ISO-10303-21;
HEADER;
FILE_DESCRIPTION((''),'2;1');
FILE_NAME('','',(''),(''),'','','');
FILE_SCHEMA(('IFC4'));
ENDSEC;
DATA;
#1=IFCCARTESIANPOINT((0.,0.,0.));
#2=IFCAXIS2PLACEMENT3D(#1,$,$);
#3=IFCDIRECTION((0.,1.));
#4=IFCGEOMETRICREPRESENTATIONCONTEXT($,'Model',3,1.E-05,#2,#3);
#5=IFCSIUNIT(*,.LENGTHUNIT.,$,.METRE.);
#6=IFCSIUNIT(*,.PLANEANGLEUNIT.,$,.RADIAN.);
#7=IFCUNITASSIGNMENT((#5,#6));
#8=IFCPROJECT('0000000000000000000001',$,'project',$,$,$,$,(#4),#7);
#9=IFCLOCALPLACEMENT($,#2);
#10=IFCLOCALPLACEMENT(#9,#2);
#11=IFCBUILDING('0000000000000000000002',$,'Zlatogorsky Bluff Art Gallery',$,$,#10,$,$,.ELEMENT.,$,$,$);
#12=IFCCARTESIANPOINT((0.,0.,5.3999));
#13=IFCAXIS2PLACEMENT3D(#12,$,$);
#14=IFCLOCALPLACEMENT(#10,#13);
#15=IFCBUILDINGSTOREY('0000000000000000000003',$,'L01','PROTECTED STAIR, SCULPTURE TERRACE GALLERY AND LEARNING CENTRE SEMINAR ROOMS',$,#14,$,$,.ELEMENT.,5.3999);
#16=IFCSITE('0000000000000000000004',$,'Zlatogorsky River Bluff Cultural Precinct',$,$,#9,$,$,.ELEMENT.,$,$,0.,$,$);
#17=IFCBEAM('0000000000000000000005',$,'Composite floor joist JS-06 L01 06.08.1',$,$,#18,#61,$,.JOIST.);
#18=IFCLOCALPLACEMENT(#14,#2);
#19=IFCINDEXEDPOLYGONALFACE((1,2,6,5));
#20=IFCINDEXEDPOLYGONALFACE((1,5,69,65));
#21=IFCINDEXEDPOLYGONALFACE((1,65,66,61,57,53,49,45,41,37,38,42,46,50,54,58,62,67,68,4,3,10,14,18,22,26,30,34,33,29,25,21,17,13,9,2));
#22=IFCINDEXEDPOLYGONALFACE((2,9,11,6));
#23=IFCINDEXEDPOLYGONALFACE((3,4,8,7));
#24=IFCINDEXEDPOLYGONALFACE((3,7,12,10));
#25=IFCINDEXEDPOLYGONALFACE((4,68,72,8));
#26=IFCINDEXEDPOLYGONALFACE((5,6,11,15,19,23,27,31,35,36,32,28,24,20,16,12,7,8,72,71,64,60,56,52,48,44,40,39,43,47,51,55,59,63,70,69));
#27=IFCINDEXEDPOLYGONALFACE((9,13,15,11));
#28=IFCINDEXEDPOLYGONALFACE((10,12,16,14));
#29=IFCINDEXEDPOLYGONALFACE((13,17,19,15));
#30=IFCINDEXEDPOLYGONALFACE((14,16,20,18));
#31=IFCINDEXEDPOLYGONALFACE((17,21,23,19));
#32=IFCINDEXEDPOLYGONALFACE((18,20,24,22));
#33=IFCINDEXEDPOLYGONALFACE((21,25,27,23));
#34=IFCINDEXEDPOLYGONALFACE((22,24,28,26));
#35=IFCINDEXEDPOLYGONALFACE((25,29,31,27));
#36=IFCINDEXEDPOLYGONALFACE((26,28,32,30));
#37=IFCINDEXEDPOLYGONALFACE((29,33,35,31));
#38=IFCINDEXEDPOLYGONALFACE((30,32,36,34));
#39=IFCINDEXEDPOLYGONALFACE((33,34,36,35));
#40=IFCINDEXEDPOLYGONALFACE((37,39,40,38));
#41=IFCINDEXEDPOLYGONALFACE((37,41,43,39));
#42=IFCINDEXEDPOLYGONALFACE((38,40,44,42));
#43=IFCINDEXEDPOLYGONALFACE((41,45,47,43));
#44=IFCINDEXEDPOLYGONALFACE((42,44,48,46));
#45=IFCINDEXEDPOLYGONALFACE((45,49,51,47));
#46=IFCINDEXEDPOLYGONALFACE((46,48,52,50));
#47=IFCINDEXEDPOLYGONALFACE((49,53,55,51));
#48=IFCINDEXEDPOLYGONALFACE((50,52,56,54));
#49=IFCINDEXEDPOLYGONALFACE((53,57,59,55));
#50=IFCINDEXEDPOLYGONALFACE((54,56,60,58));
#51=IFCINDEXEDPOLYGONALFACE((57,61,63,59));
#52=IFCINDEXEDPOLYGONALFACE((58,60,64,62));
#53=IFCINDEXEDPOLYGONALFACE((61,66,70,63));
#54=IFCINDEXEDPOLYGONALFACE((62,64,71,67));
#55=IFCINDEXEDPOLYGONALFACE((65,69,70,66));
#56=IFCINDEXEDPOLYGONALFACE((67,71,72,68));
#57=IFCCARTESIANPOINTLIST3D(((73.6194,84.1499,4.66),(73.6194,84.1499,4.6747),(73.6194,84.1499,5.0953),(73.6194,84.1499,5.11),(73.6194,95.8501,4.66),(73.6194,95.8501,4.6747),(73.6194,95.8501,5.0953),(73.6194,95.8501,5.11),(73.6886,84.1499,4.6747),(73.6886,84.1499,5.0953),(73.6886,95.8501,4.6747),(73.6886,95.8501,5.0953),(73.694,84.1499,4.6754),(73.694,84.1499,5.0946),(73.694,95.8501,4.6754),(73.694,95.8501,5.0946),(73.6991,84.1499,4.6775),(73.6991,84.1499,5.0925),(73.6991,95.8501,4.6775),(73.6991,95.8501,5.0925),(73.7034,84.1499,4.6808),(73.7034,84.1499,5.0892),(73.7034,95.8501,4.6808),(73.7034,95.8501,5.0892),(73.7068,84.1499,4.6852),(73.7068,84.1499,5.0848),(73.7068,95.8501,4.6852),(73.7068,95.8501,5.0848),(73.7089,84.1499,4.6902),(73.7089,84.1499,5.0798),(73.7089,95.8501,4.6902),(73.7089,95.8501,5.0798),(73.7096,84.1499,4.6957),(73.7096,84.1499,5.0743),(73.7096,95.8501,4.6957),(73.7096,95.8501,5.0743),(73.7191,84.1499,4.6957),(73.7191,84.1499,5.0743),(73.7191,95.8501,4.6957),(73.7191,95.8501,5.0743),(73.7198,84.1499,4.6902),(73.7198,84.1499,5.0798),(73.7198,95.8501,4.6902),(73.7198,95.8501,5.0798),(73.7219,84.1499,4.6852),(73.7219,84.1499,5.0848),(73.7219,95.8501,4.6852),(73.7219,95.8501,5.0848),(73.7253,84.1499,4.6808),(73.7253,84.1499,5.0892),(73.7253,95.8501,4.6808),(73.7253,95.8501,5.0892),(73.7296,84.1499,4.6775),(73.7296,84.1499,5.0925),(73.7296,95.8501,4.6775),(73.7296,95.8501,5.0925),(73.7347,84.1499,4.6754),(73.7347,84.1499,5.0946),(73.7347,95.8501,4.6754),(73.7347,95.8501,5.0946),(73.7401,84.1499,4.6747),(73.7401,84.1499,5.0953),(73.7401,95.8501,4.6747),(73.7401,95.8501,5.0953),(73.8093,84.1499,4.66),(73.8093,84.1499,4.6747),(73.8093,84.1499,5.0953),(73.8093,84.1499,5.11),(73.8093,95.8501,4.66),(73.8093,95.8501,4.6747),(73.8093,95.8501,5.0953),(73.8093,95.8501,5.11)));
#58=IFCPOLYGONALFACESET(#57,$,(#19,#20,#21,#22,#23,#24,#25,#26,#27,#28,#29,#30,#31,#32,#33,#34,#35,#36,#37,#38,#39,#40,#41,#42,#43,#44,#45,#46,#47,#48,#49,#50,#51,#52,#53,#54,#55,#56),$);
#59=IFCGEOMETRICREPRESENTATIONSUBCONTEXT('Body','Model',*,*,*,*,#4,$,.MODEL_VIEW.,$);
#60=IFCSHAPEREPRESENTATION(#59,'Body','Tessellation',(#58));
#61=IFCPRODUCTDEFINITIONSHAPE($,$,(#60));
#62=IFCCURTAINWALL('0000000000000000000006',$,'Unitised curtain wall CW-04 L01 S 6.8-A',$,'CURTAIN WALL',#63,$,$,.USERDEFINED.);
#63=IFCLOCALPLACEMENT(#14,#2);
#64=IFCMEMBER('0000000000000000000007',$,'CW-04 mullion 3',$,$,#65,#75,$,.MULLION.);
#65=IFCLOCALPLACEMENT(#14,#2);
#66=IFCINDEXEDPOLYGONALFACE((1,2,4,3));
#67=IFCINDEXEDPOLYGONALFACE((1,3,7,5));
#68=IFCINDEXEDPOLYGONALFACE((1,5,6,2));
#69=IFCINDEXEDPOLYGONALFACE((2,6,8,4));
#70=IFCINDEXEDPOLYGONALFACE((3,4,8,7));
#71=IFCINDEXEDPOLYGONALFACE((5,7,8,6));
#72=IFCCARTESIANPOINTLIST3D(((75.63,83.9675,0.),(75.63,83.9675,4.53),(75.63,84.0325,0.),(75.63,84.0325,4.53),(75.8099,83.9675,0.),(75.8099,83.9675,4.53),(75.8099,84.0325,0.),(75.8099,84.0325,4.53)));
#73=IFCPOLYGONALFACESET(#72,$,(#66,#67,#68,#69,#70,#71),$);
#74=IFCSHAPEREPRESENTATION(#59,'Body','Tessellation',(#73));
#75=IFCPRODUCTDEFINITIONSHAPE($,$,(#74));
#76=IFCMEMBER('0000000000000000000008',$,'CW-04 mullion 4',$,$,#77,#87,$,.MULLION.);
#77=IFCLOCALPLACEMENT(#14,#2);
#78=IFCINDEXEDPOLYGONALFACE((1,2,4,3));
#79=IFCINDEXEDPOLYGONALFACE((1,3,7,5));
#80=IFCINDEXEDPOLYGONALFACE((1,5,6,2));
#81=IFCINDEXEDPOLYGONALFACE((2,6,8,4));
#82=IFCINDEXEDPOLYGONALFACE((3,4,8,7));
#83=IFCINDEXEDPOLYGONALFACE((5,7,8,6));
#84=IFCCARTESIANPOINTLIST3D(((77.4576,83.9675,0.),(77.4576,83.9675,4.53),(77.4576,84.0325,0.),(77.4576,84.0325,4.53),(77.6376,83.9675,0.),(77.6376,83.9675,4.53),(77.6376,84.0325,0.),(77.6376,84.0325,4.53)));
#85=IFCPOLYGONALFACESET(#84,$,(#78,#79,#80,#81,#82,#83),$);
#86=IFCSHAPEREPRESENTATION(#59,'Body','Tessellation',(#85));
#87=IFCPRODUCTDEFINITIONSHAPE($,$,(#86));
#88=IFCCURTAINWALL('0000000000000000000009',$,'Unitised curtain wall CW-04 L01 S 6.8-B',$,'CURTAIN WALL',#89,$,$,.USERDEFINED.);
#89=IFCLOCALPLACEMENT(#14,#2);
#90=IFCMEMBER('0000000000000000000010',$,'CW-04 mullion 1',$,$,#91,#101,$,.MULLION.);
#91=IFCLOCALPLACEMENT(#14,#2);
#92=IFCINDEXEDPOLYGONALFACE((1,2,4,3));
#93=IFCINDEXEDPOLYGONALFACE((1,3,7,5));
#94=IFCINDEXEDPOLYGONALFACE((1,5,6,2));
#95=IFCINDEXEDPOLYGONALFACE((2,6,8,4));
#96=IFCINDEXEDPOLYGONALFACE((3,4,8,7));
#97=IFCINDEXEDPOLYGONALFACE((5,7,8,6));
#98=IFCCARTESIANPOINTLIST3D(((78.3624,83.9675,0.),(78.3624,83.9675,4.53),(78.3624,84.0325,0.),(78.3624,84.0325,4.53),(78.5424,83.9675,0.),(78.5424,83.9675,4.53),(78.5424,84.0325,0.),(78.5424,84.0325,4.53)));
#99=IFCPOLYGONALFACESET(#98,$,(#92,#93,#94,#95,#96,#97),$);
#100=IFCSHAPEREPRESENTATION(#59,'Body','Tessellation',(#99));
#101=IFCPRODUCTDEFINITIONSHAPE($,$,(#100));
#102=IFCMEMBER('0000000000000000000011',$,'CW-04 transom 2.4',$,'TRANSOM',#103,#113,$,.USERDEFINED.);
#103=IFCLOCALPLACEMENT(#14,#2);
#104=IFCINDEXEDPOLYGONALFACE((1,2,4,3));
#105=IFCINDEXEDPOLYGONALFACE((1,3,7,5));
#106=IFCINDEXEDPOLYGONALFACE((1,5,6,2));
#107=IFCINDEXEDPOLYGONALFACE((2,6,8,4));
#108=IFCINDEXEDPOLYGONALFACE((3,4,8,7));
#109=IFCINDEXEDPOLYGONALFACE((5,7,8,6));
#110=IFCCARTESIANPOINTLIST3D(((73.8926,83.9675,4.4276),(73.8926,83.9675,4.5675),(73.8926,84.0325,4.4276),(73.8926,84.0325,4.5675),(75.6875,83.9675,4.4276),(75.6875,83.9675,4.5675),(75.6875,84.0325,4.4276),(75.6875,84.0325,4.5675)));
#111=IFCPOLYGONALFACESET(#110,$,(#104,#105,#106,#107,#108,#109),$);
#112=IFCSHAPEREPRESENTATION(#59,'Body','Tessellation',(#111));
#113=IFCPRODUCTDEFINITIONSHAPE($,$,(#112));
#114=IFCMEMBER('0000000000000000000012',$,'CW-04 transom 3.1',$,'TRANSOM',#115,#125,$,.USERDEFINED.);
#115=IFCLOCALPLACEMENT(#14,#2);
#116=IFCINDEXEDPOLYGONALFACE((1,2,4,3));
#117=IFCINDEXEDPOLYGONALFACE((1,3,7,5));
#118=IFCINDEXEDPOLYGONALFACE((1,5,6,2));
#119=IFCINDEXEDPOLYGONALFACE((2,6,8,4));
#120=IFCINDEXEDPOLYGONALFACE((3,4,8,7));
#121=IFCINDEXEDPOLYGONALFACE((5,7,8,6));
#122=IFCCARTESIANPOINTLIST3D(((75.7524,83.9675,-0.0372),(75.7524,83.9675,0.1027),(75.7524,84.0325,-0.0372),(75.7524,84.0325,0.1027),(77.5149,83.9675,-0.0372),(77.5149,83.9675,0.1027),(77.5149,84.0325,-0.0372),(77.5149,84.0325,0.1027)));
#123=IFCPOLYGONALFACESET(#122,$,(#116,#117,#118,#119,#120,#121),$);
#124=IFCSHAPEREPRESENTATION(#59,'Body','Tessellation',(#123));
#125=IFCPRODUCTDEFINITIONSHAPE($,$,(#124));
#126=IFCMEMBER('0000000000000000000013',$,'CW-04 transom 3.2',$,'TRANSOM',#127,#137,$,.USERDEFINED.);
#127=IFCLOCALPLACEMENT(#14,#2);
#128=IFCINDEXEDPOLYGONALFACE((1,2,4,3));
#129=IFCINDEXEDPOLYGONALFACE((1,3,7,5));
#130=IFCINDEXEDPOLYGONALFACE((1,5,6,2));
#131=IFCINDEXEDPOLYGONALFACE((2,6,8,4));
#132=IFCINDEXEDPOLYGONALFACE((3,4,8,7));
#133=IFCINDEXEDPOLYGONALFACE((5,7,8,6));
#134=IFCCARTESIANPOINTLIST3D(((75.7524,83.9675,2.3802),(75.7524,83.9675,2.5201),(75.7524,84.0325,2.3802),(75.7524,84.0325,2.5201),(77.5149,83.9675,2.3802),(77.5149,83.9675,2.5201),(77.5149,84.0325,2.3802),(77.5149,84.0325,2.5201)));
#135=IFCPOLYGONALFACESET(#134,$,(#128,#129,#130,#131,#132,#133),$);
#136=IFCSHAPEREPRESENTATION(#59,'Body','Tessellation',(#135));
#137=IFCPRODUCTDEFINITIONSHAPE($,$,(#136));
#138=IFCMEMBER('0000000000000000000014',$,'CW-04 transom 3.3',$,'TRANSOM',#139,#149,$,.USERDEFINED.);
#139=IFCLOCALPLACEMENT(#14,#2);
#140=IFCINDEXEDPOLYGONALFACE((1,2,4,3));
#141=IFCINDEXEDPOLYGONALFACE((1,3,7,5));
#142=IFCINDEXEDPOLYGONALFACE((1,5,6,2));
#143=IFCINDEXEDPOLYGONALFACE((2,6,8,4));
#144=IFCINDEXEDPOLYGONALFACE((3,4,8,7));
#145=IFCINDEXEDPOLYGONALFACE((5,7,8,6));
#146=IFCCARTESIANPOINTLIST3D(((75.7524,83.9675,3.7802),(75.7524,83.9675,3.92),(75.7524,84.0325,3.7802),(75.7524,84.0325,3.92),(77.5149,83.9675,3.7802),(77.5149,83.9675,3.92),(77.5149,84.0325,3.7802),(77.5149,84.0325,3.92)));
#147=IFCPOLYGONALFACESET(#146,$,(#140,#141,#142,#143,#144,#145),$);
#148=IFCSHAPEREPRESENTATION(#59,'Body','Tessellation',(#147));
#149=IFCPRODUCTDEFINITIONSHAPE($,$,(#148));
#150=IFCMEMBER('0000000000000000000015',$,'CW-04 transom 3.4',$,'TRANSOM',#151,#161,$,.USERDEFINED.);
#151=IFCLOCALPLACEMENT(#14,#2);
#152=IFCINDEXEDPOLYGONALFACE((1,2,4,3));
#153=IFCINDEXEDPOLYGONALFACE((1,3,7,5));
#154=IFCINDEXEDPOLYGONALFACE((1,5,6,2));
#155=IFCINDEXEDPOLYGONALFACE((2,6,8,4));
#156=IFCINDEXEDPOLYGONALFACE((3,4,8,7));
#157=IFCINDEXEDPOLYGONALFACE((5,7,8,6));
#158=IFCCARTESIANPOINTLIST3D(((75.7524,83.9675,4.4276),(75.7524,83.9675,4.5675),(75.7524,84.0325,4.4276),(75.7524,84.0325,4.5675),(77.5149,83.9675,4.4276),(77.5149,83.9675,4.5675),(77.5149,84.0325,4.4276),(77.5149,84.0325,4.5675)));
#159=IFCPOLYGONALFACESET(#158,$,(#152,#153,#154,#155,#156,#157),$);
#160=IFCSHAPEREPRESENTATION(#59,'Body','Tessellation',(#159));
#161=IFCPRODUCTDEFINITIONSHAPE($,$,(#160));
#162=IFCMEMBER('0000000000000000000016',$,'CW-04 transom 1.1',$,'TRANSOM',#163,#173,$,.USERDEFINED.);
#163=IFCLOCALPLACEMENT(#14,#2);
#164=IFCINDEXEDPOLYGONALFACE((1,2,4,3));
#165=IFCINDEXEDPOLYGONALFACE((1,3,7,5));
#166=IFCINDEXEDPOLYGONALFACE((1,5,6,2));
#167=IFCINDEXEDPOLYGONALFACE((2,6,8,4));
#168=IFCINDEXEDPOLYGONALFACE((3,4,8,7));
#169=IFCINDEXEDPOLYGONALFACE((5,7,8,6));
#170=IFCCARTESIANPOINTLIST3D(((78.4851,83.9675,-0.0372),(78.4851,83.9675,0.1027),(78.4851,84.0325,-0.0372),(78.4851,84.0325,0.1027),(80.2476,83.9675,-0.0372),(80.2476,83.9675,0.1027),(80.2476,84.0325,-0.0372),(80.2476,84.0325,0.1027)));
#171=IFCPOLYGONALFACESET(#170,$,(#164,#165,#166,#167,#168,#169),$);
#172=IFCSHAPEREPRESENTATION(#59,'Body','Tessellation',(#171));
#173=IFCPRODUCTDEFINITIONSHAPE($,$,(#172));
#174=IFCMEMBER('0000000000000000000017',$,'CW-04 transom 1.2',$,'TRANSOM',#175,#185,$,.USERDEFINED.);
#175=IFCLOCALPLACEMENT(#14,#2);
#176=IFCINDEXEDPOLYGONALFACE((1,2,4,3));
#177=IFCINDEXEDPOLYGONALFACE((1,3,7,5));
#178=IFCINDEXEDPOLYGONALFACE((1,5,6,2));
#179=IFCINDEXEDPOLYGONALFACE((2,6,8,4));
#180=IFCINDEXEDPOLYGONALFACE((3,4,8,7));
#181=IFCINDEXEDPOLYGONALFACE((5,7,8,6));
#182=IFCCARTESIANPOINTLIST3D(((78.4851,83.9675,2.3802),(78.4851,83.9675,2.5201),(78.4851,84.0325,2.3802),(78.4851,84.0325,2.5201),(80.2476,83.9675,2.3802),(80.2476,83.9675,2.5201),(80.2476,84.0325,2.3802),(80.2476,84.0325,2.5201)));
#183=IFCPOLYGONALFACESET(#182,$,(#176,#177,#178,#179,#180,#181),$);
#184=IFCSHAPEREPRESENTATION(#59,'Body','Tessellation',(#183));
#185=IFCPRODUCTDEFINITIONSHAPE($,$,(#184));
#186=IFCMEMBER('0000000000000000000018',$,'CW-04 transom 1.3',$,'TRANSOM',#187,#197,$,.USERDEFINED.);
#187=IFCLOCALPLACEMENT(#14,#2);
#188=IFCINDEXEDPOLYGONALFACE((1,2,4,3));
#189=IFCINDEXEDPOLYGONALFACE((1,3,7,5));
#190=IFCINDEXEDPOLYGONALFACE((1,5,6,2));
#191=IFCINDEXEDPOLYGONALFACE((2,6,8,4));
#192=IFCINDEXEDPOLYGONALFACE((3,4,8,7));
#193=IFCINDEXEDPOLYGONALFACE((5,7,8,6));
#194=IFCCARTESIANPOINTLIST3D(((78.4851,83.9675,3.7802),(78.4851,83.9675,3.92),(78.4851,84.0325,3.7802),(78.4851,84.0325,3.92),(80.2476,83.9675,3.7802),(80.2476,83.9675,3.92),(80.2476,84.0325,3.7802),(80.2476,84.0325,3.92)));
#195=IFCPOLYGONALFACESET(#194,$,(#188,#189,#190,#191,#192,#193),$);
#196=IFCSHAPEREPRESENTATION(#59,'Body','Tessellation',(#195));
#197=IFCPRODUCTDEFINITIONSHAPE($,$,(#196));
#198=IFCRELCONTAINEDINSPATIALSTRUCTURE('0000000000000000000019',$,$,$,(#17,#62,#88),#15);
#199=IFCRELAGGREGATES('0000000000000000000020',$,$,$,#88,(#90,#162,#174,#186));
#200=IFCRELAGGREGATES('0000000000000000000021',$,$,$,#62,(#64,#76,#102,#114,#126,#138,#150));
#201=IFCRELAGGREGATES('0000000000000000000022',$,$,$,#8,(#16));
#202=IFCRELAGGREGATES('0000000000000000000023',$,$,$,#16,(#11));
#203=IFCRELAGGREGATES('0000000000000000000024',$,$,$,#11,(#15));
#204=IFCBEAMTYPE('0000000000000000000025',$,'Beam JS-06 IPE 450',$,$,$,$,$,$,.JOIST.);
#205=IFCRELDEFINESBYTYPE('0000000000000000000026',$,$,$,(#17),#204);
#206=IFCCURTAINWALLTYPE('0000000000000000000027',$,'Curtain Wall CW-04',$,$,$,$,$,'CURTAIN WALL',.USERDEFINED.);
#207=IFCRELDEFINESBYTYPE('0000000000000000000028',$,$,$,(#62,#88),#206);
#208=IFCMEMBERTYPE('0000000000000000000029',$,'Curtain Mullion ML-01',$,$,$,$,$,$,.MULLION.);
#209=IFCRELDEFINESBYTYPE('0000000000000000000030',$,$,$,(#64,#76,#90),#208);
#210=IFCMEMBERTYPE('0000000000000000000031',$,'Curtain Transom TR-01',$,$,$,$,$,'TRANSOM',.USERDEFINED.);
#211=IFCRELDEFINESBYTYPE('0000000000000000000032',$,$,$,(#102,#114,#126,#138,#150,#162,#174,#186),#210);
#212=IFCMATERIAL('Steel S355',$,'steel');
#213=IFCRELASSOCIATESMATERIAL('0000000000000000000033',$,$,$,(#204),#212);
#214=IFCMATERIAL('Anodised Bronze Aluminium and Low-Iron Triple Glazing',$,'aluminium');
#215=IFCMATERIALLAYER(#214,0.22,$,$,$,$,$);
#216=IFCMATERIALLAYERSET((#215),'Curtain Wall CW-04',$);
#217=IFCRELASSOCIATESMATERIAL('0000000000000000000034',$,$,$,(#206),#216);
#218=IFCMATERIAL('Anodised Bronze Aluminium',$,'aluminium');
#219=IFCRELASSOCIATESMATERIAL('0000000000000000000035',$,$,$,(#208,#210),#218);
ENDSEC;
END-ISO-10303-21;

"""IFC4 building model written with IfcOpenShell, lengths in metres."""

from ifc_helpers import new_model, si_unit, direction, frame, origin, origin_2d, place, context, subcontext, project, spatial, rectangle, i_section, extrude, material, layer, layer_set, material_profile, profile_set, type_object, element, aggregate, save


model = new_model("IFC4")

# Units and contexts
model_context = context("Model", 3, precision=1e-05, world=origin(), true_north=direction((0.0, 1.0)))
body_context = subcontext(model_context, "Body", "Model", "MODEL_VIEW")
ifc_project = project(units=[si_unit("LENGTHUNIT", "METRE"), si_unit("PLANEANGLEUNIT", "RADIAN")], contexts=[model_context])

# Site, building, storey
site_placement = place(None, origin())
site = spatial("IfcSite", under=ifc_project, at=site_placement, Name="Zlatogorsky River Bluff Cultural Precinct", CompositionType="ELEMENT", RefElevation=0.0)
building_placement = place(site_placement, origin())
building = spatial("IfcBuilding", under=site, at=building_placement, Name="Zlatogorsky Bluff Art Gallery", CompositionType="ELEMENT")
storey_placement = place(building_placement, frame((0.0, 0.0, 5.3999)))
storey = spatial("IfcBuildingStorey", under=building, at=storey_placement, Name="L01", Description="PROTECTED STAIR, SCULPTURE TERRACE GALLERY AND LEARNING CENTRE SEMINAR ROOMS", CompositionType="ELEMENT", Elevation=5.3999)

# Beam
ifc_material_1 = material(Name="Steel S355", Category="steel")
ifc_material_profile_1 = material_profile(ifc_material_1, i_section(OverallWidth=0.1899, OverallDepth=0.45, WebThickness=0.0095, FlangeThickness=0.0146, FilletRadius=0.021, at=origin_2d()), Name="IPE 450")
ifc_profile_set_1 = profile_set([ifc_material_profile_1], Name="Steel S355")
beam_type = type_object("IfcBeamType", Name="Beam JS-06 IPE 450", PredefinedType="JOIST", material=ifc_profile_set_1)
beam_placement = place(storey_placement, frame((73.7144, 84.1499, 4.885), z_axis=(0.0, 1.0, 0.0), x_axis=(-1.0, 0.0, 0.0)))
element("IfcBeam", 1, at=beam_placement, inside=storey, type_object=beam_type, Name="Composite floor joist JS-06 L01 06.08.1", PredefinedType="JOIST", context=body_context, shape_type="SweptSolid", body=[
    extrude(i_section(OverallWidth=0.1899, OverallDepth=0.45, WebThickness=0.0095, FlangeThickness=0.0146, FilletRadius=0.021, at=origin_2d()), origin(), (0.0, 0.0, 1.0), 11.7002),
])

# Curtain wall, members
ifc_material_2 = material(Name="Anodised Bronze Aluminium and Low-Iron Triple Glazing", Category="aluminium")
ifc_layer_1 = layer(ifc_material_2, 0.22)
ifc_layer_set_1 = layer_set([ifc_layer_1], Name="Curtain Wall CW-04")
curtain_wall_type = type_object("IfcCurtainWallType", Name="Curtain Wall CW-04", ElementType="CURTAIN WALL", PredefinedType="USERDEFINED", material=ifc_layer_set_1)
curtain_wall_1_placement = place(storey_placement, origin())
curtain_wall_1 = element("IfcCurtainWall", 2, at=curtain_wall_1_placement, inside=storey, type_object=curtain_wall_type, Name="Unitised curtain wall CW-04 L01 S 6.8-A", ObjectType="CURTAIN WALL", PredefinedType="USERDEFINED")
ifc_material_3 = material(Name="Anodised Bronze Aluminium", Category="aluminium")
ifc_material_profile_2 = material_profile(ifc_material_3, rectangle(XDim=0.0649, YDim=0.1799, at=origin_2d()), Name="ALU MULLION 65x180")
ifc_profile_set_2 = profile_set([ifc_material_profile_2], Name="Anodised Bronze Aluminium")
member_type_1 = type_object("IfcMemberType", Name="Curtain Mullion ML-01", PredefinedType="MULLION", material=ifc_profile_set_2)
member_1_placement = place(storey_placement, frame((75.72, 84.0, 0.0), z_axis=(0.0, 0.0, 1.0), x_axis=(0.0, 1.0, 0.0)))
member_1 = element("IfcMember", 3, at=member_1_placement, type_object=member_type_1, Name="CW-04 mullion 3", PredefinedType="MULLION", context=body_context, shape_type="SweptSolid", body=[
    extrude(rectangle(XDim=0.0649, YDim=0.1799, at=origin_2d()), origin(), (0.0, 0.0, 1.0), 4.53),
])
member_2_placement = place(storey_placement, frame((77.5476, 84.0, 0.0), z_axis=(0.0, 0.0, 1.0), x_axis=(0.0, 1.0, 0.0)))
member_2 = element("IfcMember", 4, at=member_2_placement, type_object=member_type_1, Name="CW-04 mullion 4", PredefinedType="MULLION", context=body_context, shape_type="SweptSolid", body=[
    extrude(rectangle(XDim=0.0649, YDim=0.1799, at=origin_2d()), origin(), (0.0, 0.0, 1.0), 4.53),
])

# Curtain wall, member
curtain_wall_2_placement = place(storey_placement, origin())
curtain_wall_2 = element("IfcCurtainWall", 5, at=curtain_wall_2_placement, inside=storey, type_object=curtain_wall_type, Name="Unitised curtain wall CW-04 L01 S 6.8-B", ObjectType="CURTAIN WALL", PredefinedType="USERDEFINED")
member_3_placement = place(storey_placement, frame((78.4524, 84.0, 0.0), z_axis=(0.0, 0.0, 1.0), x_axis=(0.0, 1.0, 0.0)))
member_3 = element("IfcMember", 6, at=member_3_placement, type_object=member_type_1, Name="CW-04 mullion 1", PredefinedType="MULLION", context=body_context, shape_type="SweptSolid", body=[
    extrude(rectangle(XDim=0.0649, YDim=0.1799, at=origin_2d()), origin(), (0.0, 0.0, 1.0), 4.53),
])

# Members
ifc_material_profile_3 = material_profile(ifc_material_3, rectangle(XDim=0.0649, YDim=0.1399, at=origin_2d()), Name="ALU TRANSOM 65x140")
ifc_profile_set_3 = profile_set([ifc_material_profile_3], Name="Anodised Bronze Aluminium")
member_type_2 = type_object("IfcMemberType", Name="Curtain Transom TR-01", ElementType="TRANSOM", PredefinedType="USERDEFINED", material=ifc_profile_set_3)
member_4_placement = place(storey_placement, frame((73.8926, 84.0, 4.4976), z_axis=(1.0, 0.0, 0.0), x_axis=(0.0, 1.0, 0.0)))
member_4 = element("IfcMember", 7, at=member_4_placement, type_object=member_type_2, Name="CW-04 transom 2.4", ObjectType="TRANSOM", PredefinedType="USERDEFINED", context=body_context, shape_type="SweptSolid", body=[
    extrude(rectangle(XDim=0.0649, YDim=0.1399, at=origin_2d()), origin(), (0.0, 0.0, 1.0), 1.7949),
])
member_5_placement = place(storey_placement, frame((75.7524, 84.0, 0.0327), z_axis=(1.0, 0.0, 0.0), x_axis=(0.0, 1.0, 0.0)))
member_5 = element("IfcMember", 8, at=member_5_placement, type_object=member_type_2, Name="CW-04 transom 3.1", ObjectType="TRANSOM", PredefinedType="USERDEFINED", context=body_context, shape_type="SweptSolid", body=[
    extrude(rectangle(XDim=0.0649, YDim=0.1399, at=origin_2d()), origin(), (0.0, 0.0, 1.0), 1.7625),
])
member_6_placement = place(storey_placement, frame((75.7524, 84.0, 2.4502), z_axis=(1.0, 0.0, 0.0), x_axis=(0.0, 1.0, 0.0)))
member_6 = element("IfcMember", 9, at=member_6_placement, type_object=member_type_2, Name="CW-04 transom 3.2", ObjectType="TRANSOM", PredefinedType="USERDEFINED", context=body_context, shape_type="SweptSolid", body=[
    extrude(rectangle(XDim=0.0649, YDim=0.1399, at=origin_2d()), origin(), (0.0, 0.0, 1.0), 1.7625),
])
member_7_placement = place(storey_placement, frame((75.7524, 84.0, 3.8501), z_axis=(1.0, 0.0, 0.0), x_axis=(0.0, 1.0, 0.0)))
member_7 = element("IfcMember", 10, at=member_7_placement, type_object=member_type_2, Name="CW-04 transom 3.3", ObjectType="TRANSOM", PredefinedType="USERDEFINED", context=body_context, shape_type="SweptSolid", body=[
    extrude(rectangle(XDim=0.0649, YDim=0.1399, at=origin_2d()), origin(), (0.0, 0.0, 1.0), 1.7625),
])
member_8_placement = place(storey_placement, frame((75.7524, 84.0, 4.4976), z_axis=(1.0, 0.0, 0.0), x_axis=(0.0, 1.0, 0.0)))
member_8 = element("IfcMember", 11, at=member_8_placement, type_object=member_type_2, Name="CW-04 transom 3.4", ObjectType="TRANSOM", PredefinedType="USERDEFINED", context=body_context, shape_type="SweptSolid", body=[
    extrude(rectangle(XDim=0.0649, YDim=0.1399, at=origin_2d()), origin(), (0.0, 0.0, 1.0), 1.7625),
])
member_9_placement = place(storey_placement, frame((78.4851, 84.0, 0.0327), z_axis=(1.0, 0.0, 0.0), x_axis=(0.0, 1.0, 0.0)))
member_9 = element("IfcMember", 12, at=member_9_placement, type_object=member_type_2, Name="CW-04 transom 1.1", ObjectType="TRANSOM", PredefinedType="USERDEFINED", context=body_context, shape_type="SweptSolid", body=[
    extrude(rectangle(XDim=0.0649, YDim=0.1399, at=origin_2d()), origin(), (0.0, 0.0, 1.0), 1.7625),
])
member_10_placement = place(storey_placement, frame((78.4851, 84.0, 2.4502), z_axis=(1.0, 0.0, 0.0), x_axis=(0.0, 1.0, 0.0)))
member_10 = element("IfcMember", 13, at=member_10_placement, type_object=member_type_2, Name="CW-04 transom 1.2", ObjectType="TRANSOM", PredefinedType="USERDEFINED", context=body_context, shape_type="SweptSolid", body=[
    extrude(rectangle(XDim=0.0649, YDim=0.1399, at=origin_2d()), origin(), (0.0, 0.0, 1.0), 1.7625),
])
member_11_placement = place(storey_placement, frame((78.4851, 84.0, 3.8501), z_axis=(1.0, 0.0, 0.0), x_axis=(0.0, 1.0, 0.0)))
member_11 = element("IfcMember", 14, at=member_11_placement, type_object=member_type_2, Name="CW-04 transom 1.3", ObjectType="TRANSOM", PredefinedType="USERDEFINED", context=body_context, shape_type="SweptSolid", body=[
    extrude(rectangle(XDim=0.0649, YDim=0.1399, at=origin_2d()), origin(), (0.0, 0.0, 1.0), 1.7625),
])
aggregate(curtain_wall_2, [member_3, member_9, member_10, member_11])

aggregate(curtain_wall_1, [member_1, member_2, member_4, member_5, member_6, member_7, member_8])

save(model, "model.ifc")
